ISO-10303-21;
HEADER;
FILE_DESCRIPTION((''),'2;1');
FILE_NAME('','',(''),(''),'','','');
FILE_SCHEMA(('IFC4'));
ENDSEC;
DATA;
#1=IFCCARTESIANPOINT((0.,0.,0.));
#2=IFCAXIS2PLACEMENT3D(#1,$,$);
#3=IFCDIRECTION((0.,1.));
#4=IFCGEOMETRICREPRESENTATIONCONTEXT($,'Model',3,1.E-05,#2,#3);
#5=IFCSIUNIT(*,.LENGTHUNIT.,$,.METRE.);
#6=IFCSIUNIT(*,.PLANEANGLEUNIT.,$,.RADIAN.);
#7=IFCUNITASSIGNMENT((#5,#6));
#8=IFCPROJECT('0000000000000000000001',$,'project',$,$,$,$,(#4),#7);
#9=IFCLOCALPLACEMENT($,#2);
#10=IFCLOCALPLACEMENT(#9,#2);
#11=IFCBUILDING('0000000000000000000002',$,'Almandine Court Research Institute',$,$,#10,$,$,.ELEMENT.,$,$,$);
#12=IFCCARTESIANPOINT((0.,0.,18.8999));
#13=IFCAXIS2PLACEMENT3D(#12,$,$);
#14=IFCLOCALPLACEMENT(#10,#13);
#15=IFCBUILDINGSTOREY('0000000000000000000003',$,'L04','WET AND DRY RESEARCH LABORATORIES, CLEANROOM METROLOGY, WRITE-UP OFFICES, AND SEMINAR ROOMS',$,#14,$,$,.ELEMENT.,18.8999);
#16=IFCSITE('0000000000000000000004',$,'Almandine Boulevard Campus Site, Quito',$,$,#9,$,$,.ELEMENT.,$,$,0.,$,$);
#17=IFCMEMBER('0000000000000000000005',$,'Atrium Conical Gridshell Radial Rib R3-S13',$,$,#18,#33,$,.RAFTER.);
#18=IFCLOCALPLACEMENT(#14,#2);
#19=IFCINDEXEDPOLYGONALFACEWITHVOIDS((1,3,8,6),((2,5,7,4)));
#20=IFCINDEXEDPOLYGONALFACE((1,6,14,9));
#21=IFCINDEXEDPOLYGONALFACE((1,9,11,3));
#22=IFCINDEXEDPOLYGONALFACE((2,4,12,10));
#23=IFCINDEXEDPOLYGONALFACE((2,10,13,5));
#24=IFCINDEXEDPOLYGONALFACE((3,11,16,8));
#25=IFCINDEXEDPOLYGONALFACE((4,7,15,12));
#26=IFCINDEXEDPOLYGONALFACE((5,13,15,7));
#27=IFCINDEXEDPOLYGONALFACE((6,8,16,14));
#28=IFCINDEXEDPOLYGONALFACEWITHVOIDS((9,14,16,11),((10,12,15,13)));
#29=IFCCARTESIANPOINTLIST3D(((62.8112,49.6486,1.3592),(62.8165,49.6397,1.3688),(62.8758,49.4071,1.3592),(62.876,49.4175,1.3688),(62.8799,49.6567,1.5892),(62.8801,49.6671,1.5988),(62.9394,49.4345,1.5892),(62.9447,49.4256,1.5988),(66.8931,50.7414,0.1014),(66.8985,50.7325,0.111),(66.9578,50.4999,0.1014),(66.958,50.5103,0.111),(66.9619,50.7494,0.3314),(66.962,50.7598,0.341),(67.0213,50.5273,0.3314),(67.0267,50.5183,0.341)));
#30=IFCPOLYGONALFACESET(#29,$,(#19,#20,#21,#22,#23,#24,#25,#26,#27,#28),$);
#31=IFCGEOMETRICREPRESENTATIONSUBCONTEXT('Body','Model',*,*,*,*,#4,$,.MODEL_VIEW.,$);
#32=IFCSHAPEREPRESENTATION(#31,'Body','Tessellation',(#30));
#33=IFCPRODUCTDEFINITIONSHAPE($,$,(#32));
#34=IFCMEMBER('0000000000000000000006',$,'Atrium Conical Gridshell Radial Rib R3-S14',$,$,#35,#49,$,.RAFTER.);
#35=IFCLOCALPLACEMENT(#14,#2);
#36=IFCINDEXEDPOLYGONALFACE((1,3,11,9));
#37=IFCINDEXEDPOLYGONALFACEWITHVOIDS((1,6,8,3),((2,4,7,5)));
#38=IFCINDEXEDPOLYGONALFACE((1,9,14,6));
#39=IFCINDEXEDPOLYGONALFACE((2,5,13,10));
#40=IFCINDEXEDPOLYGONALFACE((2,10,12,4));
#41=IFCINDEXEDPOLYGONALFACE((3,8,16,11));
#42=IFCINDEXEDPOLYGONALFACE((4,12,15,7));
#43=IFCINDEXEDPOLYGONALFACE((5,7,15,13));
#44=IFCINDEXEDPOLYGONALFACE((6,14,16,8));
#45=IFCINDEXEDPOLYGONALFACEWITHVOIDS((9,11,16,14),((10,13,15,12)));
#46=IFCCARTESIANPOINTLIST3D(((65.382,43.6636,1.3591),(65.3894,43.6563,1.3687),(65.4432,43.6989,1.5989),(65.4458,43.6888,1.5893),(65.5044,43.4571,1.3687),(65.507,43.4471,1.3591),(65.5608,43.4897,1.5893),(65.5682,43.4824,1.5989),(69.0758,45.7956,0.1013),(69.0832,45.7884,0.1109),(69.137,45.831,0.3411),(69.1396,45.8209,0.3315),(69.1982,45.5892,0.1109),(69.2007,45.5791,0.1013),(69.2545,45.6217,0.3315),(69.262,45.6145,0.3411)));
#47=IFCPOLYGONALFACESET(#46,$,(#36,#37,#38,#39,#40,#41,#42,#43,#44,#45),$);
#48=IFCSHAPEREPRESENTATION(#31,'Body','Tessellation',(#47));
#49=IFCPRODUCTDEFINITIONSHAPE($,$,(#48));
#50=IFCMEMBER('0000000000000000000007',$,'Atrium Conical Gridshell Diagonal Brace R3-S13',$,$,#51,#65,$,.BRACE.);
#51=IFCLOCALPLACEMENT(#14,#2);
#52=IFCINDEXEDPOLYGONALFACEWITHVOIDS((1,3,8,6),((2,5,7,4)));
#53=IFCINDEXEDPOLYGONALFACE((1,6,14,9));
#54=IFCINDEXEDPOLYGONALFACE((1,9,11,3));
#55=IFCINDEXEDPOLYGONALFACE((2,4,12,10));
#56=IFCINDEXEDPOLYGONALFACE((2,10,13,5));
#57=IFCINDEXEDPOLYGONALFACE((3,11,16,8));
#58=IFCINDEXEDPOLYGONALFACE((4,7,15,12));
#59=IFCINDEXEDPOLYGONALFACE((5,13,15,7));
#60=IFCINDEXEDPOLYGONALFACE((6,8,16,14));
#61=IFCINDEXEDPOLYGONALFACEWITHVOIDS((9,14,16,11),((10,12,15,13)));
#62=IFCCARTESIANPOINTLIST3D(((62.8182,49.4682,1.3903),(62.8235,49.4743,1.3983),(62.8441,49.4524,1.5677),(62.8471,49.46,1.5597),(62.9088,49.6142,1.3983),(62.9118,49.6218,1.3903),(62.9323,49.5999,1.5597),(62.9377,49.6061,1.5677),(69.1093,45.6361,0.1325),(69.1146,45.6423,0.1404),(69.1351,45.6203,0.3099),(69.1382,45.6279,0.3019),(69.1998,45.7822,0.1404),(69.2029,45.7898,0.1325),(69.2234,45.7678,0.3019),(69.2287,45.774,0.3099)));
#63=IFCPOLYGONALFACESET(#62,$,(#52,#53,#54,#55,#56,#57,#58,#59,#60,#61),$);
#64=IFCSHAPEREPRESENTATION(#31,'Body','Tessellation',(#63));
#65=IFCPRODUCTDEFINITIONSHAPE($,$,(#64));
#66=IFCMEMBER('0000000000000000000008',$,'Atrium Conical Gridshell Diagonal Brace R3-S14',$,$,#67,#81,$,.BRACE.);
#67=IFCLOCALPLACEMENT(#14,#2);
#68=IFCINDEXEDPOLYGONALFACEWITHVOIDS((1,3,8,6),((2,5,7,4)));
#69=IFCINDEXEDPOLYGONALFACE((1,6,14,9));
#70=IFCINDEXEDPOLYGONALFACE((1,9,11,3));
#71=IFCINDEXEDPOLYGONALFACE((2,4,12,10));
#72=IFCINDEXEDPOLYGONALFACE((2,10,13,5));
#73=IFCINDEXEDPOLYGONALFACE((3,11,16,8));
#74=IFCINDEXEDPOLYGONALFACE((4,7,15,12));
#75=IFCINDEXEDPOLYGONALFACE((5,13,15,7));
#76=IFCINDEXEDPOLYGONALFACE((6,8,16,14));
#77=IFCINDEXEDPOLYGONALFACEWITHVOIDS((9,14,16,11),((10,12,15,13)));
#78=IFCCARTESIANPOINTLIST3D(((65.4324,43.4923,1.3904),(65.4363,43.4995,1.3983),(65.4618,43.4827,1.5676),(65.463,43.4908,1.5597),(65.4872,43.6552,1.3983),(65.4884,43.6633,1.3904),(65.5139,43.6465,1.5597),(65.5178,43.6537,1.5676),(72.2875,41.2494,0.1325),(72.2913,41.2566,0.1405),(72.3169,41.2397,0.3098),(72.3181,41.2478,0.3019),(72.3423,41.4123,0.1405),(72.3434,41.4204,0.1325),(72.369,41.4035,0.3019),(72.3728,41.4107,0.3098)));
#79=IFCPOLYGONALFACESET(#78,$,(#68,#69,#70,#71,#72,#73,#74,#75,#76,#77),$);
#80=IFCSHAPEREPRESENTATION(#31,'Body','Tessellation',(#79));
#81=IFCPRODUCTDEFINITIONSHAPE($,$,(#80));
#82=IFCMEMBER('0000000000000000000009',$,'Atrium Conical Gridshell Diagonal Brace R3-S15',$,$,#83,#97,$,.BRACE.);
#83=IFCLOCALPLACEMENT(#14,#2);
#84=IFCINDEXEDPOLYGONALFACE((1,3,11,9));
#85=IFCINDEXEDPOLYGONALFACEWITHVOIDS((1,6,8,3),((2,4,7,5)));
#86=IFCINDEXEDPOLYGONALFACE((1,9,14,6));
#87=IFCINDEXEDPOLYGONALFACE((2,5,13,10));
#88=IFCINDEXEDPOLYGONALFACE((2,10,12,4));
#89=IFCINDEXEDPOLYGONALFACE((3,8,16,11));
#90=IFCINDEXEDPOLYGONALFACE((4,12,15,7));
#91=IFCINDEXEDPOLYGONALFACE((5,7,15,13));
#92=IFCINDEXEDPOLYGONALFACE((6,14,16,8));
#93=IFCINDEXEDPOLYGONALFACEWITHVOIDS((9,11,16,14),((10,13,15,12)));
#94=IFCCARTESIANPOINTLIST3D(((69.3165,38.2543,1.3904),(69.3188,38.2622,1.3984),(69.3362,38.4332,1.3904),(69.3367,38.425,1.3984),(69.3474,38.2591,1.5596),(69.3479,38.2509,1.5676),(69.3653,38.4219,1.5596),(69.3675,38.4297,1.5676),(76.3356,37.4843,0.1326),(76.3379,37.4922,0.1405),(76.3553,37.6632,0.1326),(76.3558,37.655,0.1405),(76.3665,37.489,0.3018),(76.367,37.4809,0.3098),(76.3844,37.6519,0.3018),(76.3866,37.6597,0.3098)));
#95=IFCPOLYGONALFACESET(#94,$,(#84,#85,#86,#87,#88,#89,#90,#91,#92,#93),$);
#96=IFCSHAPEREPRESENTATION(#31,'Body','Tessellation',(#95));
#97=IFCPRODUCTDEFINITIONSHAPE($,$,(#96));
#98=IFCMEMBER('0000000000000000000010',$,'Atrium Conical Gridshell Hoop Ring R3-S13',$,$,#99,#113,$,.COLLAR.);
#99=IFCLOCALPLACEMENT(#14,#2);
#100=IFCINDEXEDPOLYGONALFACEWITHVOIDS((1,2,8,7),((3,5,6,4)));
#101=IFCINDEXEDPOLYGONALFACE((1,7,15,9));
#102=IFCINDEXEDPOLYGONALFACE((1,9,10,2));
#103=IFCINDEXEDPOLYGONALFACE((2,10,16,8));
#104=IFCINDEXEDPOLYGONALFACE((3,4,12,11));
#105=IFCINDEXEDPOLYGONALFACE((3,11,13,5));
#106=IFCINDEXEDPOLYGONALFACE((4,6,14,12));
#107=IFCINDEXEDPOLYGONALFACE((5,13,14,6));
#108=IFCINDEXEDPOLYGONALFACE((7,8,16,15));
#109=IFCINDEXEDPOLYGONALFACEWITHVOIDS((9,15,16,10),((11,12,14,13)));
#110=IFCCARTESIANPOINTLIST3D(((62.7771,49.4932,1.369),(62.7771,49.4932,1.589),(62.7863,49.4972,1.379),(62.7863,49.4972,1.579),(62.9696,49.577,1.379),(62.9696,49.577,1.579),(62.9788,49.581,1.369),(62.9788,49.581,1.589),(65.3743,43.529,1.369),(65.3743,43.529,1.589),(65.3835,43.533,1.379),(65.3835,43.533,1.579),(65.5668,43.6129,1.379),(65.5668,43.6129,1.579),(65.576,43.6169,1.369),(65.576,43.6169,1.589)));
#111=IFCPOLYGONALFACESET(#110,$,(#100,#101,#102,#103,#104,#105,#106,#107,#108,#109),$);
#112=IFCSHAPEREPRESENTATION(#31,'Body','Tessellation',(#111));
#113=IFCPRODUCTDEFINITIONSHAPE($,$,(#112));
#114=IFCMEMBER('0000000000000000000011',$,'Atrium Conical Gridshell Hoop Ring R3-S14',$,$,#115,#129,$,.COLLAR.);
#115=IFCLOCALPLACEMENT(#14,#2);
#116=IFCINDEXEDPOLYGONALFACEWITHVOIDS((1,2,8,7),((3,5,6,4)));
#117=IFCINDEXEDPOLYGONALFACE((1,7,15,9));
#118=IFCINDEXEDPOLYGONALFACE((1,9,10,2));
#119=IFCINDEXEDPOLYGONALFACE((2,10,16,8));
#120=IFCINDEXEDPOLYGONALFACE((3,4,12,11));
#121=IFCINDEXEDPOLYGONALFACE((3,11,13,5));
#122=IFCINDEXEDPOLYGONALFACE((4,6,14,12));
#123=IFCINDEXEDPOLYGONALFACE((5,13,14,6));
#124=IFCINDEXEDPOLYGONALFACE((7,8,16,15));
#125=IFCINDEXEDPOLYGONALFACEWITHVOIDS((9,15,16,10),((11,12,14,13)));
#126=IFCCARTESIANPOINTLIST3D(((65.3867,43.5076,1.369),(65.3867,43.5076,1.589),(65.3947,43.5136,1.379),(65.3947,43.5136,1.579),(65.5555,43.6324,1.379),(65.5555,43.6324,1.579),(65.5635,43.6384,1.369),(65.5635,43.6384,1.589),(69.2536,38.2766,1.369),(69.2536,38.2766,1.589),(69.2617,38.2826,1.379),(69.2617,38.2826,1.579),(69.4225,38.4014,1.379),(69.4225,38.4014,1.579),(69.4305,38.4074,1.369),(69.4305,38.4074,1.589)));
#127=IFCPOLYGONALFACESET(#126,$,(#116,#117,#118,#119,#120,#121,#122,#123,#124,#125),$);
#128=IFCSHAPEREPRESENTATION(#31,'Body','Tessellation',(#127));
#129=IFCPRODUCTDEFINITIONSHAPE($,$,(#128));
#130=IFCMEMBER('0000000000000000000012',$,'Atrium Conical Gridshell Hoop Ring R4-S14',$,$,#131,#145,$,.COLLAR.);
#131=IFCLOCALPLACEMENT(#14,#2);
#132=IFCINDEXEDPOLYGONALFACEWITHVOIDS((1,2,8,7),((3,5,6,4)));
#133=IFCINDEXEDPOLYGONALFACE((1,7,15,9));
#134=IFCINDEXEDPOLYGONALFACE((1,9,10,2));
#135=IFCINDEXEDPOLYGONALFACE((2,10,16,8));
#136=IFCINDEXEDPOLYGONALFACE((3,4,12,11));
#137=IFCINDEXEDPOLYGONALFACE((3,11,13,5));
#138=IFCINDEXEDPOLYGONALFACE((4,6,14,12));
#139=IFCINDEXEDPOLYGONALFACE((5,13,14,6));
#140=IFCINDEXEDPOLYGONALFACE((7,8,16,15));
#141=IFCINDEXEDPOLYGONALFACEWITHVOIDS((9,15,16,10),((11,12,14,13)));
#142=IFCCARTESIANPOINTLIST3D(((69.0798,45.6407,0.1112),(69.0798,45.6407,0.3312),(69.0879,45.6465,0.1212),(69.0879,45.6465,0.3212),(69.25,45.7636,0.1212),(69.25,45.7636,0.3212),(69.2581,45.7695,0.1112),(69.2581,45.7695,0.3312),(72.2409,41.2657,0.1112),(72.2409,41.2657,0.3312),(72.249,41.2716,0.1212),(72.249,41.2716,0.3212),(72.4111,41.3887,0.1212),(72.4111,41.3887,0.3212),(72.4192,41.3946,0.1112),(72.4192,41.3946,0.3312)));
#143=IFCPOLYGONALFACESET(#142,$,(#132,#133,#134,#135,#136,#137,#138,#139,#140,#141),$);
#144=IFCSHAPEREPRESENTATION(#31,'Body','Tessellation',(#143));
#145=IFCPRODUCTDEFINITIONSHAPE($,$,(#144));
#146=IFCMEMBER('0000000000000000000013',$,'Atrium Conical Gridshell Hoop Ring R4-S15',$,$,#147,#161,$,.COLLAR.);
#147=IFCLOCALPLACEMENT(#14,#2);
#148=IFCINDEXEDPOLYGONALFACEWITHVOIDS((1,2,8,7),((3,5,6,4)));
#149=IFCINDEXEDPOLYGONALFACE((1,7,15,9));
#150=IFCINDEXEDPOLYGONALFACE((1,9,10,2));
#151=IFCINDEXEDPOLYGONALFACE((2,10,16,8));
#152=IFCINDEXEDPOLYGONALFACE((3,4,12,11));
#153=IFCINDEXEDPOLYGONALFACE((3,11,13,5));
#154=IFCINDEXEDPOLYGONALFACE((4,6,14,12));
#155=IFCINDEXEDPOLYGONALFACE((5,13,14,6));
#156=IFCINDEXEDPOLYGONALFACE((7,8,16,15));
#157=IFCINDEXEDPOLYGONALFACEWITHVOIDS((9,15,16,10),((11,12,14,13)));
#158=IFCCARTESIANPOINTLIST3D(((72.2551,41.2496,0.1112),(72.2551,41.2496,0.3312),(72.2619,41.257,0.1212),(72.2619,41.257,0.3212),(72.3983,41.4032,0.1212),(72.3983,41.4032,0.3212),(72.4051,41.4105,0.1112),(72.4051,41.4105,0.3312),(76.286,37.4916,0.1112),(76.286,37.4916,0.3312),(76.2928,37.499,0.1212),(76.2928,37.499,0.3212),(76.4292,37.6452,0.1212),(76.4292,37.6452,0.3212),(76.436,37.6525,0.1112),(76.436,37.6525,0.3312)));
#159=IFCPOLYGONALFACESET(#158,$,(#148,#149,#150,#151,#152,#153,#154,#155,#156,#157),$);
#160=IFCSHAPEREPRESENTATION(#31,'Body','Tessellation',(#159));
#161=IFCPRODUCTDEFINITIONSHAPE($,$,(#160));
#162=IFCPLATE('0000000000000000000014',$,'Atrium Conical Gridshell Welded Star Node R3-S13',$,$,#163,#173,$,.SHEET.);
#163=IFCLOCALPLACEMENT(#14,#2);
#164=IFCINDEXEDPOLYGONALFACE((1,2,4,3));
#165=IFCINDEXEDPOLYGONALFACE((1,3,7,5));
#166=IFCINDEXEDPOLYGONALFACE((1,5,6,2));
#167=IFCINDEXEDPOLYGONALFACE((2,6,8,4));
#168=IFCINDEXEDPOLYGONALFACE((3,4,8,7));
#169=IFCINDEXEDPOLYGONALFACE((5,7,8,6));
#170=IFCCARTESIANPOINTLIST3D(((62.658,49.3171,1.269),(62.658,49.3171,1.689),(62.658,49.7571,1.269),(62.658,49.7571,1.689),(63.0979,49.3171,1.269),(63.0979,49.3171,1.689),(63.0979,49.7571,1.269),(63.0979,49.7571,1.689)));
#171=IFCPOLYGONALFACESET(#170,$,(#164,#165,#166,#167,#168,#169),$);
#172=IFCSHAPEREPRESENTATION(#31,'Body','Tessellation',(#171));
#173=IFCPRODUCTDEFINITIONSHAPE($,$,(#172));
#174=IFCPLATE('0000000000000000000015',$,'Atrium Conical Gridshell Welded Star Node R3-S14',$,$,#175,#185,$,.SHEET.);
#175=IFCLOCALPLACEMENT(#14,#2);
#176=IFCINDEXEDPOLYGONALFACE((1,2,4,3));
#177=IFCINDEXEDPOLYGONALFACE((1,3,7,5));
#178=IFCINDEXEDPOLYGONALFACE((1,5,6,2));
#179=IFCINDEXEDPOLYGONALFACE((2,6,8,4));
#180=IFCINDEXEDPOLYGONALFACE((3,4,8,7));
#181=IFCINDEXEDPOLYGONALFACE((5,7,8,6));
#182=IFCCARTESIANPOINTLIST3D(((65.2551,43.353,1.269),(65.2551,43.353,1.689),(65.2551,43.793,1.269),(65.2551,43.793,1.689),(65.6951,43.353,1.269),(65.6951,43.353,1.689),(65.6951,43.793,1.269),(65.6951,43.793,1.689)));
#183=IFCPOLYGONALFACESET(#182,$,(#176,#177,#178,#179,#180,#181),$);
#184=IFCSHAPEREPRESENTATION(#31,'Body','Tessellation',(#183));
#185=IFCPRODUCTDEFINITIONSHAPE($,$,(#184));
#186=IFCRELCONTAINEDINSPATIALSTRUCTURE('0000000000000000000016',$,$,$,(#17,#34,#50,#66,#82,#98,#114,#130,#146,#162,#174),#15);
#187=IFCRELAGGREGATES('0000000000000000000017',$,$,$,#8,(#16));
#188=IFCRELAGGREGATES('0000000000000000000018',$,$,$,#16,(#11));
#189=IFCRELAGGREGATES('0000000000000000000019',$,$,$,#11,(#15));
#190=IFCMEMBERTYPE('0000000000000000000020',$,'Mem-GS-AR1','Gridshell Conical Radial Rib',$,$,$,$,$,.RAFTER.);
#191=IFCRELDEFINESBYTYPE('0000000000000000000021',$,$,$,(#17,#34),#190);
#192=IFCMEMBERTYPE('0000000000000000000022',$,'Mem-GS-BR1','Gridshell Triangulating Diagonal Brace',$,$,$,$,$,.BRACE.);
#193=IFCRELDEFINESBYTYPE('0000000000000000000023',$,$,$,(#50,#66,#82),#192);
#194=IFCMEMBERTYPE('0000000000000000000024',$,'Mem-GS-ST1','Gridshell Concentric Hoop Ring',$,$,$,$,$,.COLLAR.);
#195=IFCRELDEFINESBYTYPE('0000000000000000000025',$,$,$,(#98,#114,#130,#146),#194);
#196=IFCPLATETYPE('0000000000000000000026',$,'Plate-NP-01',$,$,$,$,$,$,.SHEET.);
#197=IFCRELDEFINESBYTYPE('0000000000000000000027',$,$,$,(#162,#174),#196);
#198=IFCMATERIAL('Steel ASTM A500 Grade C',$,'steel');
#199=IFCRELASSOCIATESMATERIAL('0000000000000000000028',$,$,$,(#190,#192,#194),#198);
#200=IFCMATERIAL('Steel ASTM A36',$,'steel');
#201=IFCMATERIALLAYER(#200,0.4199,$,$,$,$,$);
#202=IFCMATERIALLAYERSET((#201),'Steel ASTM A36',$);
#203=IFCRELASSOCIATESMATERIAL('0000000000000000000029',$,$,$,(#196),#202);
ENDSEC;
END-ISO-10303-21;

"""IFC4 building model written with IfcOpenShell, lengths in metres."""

from ifc_helpers import new_model, si_unit, direction, frame, origin, origin_2d, place, context, subcontext, project, spatial, rectangle, hollow_rectangle, extrude, material, layer, layer_set, material_profile, profile_set, type_object, element, save


model = new_model("IFC4")

# Units and contexts
model_context = context("Model", 3, precision=1e-05, world=origin(), true_north=direction((0.0, 1.0)))
body_context = subcontext(model_context, "Body", "Model", "MODEL_VIEW")
ifc_project = project(units=[si_unit("LENGTHUNIT", "METRE"), si_unit("PLANEANGLEUNIT", "RADIAN")], contexts=[model_context])

# Site, building, storey
site_placement = place(None, origin())
site = spatial("IfcSite", under=ifc_project, at=site_placement, Name="Almandine Boulevard Campus Site, Quito", CompositionType="ELEMENT", RefElevation=0.0)
building_placement = place(site_placement, origin())
building = spatial("IfcBuilding", under=site, at=building_placement, Name="Almandine Court Research Institute", CompositionType="ELEMENT")
storey_placement = place(building_placement, frame((0.0, 0.0, 18.8999)))
storey = spatial("IfcBuildingStorey", under=building, at=storey_placement, Name="L04", Description="WET AND DRY RESEARCH LABORATORIES, CLEANROOM METROLOGY, WRITE-UP OFFICES, AND SEMINAR ROOMS", CompositionType="ELEMENT", Elevation=18.8999)

# Members
ifc_material_1 = material(Name="Steel ASTM A500 Grade C", Category="steel")
ifc_material_profile_1 = material_profile(ifc_material_1, hollow_rectangle(XDim=0.25, YDim=0.25, WallThickness=0.01, at=origin_2d()), Name="HSS 250x250x10")
ifc_profile_set_1 = profile_set([ifc_material_profile_1], Name="Steel ASTM A500 Grade C")
member_type_1 = type_object("IfcMemberType", Name="Mem-GS-AR1", Description="Gridshell Conical Radial Rib", PredefinedType="RAFTER", material=ifc_profile_set_1)
member_1_placement = place(storey_placement, frame((62.8779, 49.5371, 1.479), z_axis=(0.925842, 0.247851, -0.285283), x_axis=(-0.258597, 0.965985, 0.0)))
element("IfcMember", 1, at=member_1_placement, inside=storey, type_object=member_type_1, Name="Atrium Conical Gridshell Radial Rib R3-S13", PredefinedType="RAFTER", context=body_context, shape_type="SweptSolid", body=[
    extrude(hollow_rectangle(XDim=0.25, YDim=0.25, WallThickness=0.01, at=origin_2d()), origin(), (0.0, 0.0, 1.0), 4.4089),
])
member_2_placement = place(storey_placement, frame((65.4751, 43.573, 1.479), z_axis=(0.83071, 0.479484, -0.28287), x_axis=(-0.499901, 0.866083, 0.0)))
element("IfcMember", 2, at=member_2_placement, inside=storey, type_object=member_type_1, Name="Atrium Conical Gridshell Radial Rib R3-S14", PredefinedType="RAFTER", context=body_context, shape_type="SweptSolid", body=[
    extrude(hollow_rectangle(XDim=0.25, YDim=0.25, WallThickness=0.01, at=origin_2d()), origin(), (0.0, 0.0, 1.0), 4.4465),
])
ifc_material_profile_2 = material_profile(ifc_material_1, hollow_rectangle(XDim=0.1799, YDim=0.1799, WallThickness=0.0081, at=origin_2d()), Name="HSS 180x180x8")
ifc_profile_set_2 = profile_set([ifc_material_profile_2], Name="Steel ASTM A500 Grade C")
member_type_2 = type_object("IfcMemberType", Name="Mem-GS-BR1", Description="Gridshell Triangulating Diagonal Brace", PredefinedType="BRACE", material=ifc_profile_set_2)
member_3_placement = place(storey_placement, frame((62.8779, 49.5371, 1.479), z_axis=(0.84185, -0.512794, -0.168318), x_axis=(0.520216, 0.854035, 0.0)))
element("IfcMember", 3, at=member_3_placement, inside=storey, type_object=member_type_2, Name="Atrium Conical Gridshell Diagonal Brace R3-S13", PredefinedType="BRACE", context=body_context, shape_type="SweptSolid", body=[
    extrude(hollow_rectangle(XDim=0.1799, YDim=0.1799, WallThickness=0.0081, at=origin_2d()), origin(), (0.0, 0.0, 1.0), 7.4729),
])
member_4_placement = place(storey_placement, frame((65.4751, 43.573, 1.479), z_axis=(0.936288, -0.306349, -0.171798), x_axis=(0.310973, 0.950419, 0.0)))
element("IfcMember", 4, at=member_4_placement, inside=storey, type_object=member_type_2, Name="Atrium Conical Gridshell Diagonal Brace R3-S14", PredefinedType="BRACE", context=body_context, shape_type="SweptSolid", body=[
    extrude(hollow_rectangle(XDim=0.1799, YDim=0.1799, WallThickness=0.0081, at=origin_2d()), origin(), (0.0, 0.0, 1.0), 7.3215),
])
member_5_placement = place(storey_placement, frame((69.342, 38.342, 1.479), z_axis=(0.978631, -0.10736, -0.175371), x_axis=(0.10905, 0.994036, 0.0)))
element("IfcMember", 5, at=member_5_placement, inside=storey, type_object=member_type_2, Name="Atrium Conical Gridshell Diagonal Brace R3-S15", PredefinedType="BRACE", context=body_context, shape_type="SweptSolid", body=[
    extrude(hollow_rectangle(XDim=0.1799, YDim=0.1799, WallThickness=0.0081, at=origin_2d()), origin(), (0.0, 0.0, 1.0), 7.1724),
])
ifc_material_profile_3 = material_profile(ifc_material_1, hollow_rectangle(XDim=0.22, YDim=0.22, WallThickness=0.01, at=origin_2d()), Name="HSS 220x220x10")
ifc_profile_set_3 = profile_set([ifc_material_profile_3], Name="Steel ASTM A500 Grade C")
member_type_3 = type_object("IfcMemberType", Name="Mem-GS-ST1", Description="Gridshell Concentric Hoop Ring", PredefinedType="COLLAR", material=ifc_profile_set_3)
for number, where, z_axis, x_axis, name in (
    (6, (62.8779, 49.5371, 1.479), (0.399253, -0.916841, 0.0), (0.916841, 0.399253, 0.0), "Atrium Conical Gridshell Hoop Ring R3-S13"),
    (7, (65.4751, 43.573, 1.479), (0.594449, -0.804133, 0.0), (0.804133, 0.594449, 0.0), "Atrium Conical Gridshell Hoop Ring R3-S14"),
):
    element("IfcMember", number, at=place(storey_placement, frame(where, z_axis=z_axis, x_axis=x_axis)), inside=storey, type_object=member_type_3, Name=name, PredefinedType="COLLAR", context=body_context, shape_type="SweptSolid", body=[
        extrude(hollow_rectangle(XDim=0.22, YDim=0.22, WallThickness=0.01, at=origin_2d()), origin(), (0.0, 0.0, 1.0), 6.5051),
    ])
member_6_placement = place(storey_placement, frame((69.1689, 45.7051, 0.2212), z_axis=(0.585662, -0.810555, 0.0), x_axis=(0.810555, 0.585662, 0.0)))
element("IfcMember", 8, at=member_6_placement, inside=storey, type_object=member_type_3, Name="Atrium Conical Gridshell Hoop Ring R4-S14", PredefinedType="COLLAR", context=body_context, shape_type="SweptSolid", body=[
    extrude(hollow_rectangle(XDim=0.22, YDim=0.22, WallThickness=0.01, at=origin_2d()), origin(), (0.0, 0.0, 1.0), 5.3975),
])
member_7_placement = place(storey_placement, frame((72.3301, 41.3301, 0.2212), z_axis=(0.731437, -0.681909, 0.0), x_axis=(0.681909, 0.731437, 0.0)))
element("IfcMember", 9, at=member_7_placement, inside=storey, type_object=member_type_3, Name="Atrium Conical Gridshell Hoop Ring R4-S15", PredefinedType="COLLAR", context=body_context, shape_type="SweptSolid", body=[
    extrude(hollow_rectangle(XDim=0.22, YDim=0.22, WallThickness=0.01, at=origin_2d()), origin(), (0.0, 0.0, 1.0), 5.511),
])

# Plates
ifc_material_2 = material(Name="Steel ASTM A36", Category="steel")
ifc_layer_1 = layer(ifc_material_2, 0.4199)
ifc_layer_set_1 = layer_set([ifc_layer_1], Name="Steel ASTM A36")
plate_type_1 = type_object("IfcPlateType", Name="Plate-NP-01", PredefinedType="SHEET", material=ifc_layer_set_1)
for number, where, z_axis, x_axis, name in (
    (10, (62.8779, 49.5371, 1.269), (0.0, 0.0, 1.0), (1.0, 0.0, 0.0), "Atrium Conical Gridshell Welded Star Node R3-S13"),
    (11, (65.4751, 43.573, 1.269), (0.0, 0.0, 1.0), (1.0, 0.0, 0.0), "Atrium Conical Gridshell Welded Star Node R3-S14"),
):
    element("IfcPlate", number, at=place(storey_placement, frame(where, z_axis=z_axis, x_axis=x_axis)), inside=storey, type_object=plate_type_1, Name=name, PredefinedType="SHEET", context=body_context, shape_type="SweptSolid", body=[
        extrude(rectangle(XDim=0.4399, YDim=0.4399, at=origin_2d()), origin(), (0.0, 0.0, 1.0), 0.4199),
    ])

save(model, "model.ifc")
